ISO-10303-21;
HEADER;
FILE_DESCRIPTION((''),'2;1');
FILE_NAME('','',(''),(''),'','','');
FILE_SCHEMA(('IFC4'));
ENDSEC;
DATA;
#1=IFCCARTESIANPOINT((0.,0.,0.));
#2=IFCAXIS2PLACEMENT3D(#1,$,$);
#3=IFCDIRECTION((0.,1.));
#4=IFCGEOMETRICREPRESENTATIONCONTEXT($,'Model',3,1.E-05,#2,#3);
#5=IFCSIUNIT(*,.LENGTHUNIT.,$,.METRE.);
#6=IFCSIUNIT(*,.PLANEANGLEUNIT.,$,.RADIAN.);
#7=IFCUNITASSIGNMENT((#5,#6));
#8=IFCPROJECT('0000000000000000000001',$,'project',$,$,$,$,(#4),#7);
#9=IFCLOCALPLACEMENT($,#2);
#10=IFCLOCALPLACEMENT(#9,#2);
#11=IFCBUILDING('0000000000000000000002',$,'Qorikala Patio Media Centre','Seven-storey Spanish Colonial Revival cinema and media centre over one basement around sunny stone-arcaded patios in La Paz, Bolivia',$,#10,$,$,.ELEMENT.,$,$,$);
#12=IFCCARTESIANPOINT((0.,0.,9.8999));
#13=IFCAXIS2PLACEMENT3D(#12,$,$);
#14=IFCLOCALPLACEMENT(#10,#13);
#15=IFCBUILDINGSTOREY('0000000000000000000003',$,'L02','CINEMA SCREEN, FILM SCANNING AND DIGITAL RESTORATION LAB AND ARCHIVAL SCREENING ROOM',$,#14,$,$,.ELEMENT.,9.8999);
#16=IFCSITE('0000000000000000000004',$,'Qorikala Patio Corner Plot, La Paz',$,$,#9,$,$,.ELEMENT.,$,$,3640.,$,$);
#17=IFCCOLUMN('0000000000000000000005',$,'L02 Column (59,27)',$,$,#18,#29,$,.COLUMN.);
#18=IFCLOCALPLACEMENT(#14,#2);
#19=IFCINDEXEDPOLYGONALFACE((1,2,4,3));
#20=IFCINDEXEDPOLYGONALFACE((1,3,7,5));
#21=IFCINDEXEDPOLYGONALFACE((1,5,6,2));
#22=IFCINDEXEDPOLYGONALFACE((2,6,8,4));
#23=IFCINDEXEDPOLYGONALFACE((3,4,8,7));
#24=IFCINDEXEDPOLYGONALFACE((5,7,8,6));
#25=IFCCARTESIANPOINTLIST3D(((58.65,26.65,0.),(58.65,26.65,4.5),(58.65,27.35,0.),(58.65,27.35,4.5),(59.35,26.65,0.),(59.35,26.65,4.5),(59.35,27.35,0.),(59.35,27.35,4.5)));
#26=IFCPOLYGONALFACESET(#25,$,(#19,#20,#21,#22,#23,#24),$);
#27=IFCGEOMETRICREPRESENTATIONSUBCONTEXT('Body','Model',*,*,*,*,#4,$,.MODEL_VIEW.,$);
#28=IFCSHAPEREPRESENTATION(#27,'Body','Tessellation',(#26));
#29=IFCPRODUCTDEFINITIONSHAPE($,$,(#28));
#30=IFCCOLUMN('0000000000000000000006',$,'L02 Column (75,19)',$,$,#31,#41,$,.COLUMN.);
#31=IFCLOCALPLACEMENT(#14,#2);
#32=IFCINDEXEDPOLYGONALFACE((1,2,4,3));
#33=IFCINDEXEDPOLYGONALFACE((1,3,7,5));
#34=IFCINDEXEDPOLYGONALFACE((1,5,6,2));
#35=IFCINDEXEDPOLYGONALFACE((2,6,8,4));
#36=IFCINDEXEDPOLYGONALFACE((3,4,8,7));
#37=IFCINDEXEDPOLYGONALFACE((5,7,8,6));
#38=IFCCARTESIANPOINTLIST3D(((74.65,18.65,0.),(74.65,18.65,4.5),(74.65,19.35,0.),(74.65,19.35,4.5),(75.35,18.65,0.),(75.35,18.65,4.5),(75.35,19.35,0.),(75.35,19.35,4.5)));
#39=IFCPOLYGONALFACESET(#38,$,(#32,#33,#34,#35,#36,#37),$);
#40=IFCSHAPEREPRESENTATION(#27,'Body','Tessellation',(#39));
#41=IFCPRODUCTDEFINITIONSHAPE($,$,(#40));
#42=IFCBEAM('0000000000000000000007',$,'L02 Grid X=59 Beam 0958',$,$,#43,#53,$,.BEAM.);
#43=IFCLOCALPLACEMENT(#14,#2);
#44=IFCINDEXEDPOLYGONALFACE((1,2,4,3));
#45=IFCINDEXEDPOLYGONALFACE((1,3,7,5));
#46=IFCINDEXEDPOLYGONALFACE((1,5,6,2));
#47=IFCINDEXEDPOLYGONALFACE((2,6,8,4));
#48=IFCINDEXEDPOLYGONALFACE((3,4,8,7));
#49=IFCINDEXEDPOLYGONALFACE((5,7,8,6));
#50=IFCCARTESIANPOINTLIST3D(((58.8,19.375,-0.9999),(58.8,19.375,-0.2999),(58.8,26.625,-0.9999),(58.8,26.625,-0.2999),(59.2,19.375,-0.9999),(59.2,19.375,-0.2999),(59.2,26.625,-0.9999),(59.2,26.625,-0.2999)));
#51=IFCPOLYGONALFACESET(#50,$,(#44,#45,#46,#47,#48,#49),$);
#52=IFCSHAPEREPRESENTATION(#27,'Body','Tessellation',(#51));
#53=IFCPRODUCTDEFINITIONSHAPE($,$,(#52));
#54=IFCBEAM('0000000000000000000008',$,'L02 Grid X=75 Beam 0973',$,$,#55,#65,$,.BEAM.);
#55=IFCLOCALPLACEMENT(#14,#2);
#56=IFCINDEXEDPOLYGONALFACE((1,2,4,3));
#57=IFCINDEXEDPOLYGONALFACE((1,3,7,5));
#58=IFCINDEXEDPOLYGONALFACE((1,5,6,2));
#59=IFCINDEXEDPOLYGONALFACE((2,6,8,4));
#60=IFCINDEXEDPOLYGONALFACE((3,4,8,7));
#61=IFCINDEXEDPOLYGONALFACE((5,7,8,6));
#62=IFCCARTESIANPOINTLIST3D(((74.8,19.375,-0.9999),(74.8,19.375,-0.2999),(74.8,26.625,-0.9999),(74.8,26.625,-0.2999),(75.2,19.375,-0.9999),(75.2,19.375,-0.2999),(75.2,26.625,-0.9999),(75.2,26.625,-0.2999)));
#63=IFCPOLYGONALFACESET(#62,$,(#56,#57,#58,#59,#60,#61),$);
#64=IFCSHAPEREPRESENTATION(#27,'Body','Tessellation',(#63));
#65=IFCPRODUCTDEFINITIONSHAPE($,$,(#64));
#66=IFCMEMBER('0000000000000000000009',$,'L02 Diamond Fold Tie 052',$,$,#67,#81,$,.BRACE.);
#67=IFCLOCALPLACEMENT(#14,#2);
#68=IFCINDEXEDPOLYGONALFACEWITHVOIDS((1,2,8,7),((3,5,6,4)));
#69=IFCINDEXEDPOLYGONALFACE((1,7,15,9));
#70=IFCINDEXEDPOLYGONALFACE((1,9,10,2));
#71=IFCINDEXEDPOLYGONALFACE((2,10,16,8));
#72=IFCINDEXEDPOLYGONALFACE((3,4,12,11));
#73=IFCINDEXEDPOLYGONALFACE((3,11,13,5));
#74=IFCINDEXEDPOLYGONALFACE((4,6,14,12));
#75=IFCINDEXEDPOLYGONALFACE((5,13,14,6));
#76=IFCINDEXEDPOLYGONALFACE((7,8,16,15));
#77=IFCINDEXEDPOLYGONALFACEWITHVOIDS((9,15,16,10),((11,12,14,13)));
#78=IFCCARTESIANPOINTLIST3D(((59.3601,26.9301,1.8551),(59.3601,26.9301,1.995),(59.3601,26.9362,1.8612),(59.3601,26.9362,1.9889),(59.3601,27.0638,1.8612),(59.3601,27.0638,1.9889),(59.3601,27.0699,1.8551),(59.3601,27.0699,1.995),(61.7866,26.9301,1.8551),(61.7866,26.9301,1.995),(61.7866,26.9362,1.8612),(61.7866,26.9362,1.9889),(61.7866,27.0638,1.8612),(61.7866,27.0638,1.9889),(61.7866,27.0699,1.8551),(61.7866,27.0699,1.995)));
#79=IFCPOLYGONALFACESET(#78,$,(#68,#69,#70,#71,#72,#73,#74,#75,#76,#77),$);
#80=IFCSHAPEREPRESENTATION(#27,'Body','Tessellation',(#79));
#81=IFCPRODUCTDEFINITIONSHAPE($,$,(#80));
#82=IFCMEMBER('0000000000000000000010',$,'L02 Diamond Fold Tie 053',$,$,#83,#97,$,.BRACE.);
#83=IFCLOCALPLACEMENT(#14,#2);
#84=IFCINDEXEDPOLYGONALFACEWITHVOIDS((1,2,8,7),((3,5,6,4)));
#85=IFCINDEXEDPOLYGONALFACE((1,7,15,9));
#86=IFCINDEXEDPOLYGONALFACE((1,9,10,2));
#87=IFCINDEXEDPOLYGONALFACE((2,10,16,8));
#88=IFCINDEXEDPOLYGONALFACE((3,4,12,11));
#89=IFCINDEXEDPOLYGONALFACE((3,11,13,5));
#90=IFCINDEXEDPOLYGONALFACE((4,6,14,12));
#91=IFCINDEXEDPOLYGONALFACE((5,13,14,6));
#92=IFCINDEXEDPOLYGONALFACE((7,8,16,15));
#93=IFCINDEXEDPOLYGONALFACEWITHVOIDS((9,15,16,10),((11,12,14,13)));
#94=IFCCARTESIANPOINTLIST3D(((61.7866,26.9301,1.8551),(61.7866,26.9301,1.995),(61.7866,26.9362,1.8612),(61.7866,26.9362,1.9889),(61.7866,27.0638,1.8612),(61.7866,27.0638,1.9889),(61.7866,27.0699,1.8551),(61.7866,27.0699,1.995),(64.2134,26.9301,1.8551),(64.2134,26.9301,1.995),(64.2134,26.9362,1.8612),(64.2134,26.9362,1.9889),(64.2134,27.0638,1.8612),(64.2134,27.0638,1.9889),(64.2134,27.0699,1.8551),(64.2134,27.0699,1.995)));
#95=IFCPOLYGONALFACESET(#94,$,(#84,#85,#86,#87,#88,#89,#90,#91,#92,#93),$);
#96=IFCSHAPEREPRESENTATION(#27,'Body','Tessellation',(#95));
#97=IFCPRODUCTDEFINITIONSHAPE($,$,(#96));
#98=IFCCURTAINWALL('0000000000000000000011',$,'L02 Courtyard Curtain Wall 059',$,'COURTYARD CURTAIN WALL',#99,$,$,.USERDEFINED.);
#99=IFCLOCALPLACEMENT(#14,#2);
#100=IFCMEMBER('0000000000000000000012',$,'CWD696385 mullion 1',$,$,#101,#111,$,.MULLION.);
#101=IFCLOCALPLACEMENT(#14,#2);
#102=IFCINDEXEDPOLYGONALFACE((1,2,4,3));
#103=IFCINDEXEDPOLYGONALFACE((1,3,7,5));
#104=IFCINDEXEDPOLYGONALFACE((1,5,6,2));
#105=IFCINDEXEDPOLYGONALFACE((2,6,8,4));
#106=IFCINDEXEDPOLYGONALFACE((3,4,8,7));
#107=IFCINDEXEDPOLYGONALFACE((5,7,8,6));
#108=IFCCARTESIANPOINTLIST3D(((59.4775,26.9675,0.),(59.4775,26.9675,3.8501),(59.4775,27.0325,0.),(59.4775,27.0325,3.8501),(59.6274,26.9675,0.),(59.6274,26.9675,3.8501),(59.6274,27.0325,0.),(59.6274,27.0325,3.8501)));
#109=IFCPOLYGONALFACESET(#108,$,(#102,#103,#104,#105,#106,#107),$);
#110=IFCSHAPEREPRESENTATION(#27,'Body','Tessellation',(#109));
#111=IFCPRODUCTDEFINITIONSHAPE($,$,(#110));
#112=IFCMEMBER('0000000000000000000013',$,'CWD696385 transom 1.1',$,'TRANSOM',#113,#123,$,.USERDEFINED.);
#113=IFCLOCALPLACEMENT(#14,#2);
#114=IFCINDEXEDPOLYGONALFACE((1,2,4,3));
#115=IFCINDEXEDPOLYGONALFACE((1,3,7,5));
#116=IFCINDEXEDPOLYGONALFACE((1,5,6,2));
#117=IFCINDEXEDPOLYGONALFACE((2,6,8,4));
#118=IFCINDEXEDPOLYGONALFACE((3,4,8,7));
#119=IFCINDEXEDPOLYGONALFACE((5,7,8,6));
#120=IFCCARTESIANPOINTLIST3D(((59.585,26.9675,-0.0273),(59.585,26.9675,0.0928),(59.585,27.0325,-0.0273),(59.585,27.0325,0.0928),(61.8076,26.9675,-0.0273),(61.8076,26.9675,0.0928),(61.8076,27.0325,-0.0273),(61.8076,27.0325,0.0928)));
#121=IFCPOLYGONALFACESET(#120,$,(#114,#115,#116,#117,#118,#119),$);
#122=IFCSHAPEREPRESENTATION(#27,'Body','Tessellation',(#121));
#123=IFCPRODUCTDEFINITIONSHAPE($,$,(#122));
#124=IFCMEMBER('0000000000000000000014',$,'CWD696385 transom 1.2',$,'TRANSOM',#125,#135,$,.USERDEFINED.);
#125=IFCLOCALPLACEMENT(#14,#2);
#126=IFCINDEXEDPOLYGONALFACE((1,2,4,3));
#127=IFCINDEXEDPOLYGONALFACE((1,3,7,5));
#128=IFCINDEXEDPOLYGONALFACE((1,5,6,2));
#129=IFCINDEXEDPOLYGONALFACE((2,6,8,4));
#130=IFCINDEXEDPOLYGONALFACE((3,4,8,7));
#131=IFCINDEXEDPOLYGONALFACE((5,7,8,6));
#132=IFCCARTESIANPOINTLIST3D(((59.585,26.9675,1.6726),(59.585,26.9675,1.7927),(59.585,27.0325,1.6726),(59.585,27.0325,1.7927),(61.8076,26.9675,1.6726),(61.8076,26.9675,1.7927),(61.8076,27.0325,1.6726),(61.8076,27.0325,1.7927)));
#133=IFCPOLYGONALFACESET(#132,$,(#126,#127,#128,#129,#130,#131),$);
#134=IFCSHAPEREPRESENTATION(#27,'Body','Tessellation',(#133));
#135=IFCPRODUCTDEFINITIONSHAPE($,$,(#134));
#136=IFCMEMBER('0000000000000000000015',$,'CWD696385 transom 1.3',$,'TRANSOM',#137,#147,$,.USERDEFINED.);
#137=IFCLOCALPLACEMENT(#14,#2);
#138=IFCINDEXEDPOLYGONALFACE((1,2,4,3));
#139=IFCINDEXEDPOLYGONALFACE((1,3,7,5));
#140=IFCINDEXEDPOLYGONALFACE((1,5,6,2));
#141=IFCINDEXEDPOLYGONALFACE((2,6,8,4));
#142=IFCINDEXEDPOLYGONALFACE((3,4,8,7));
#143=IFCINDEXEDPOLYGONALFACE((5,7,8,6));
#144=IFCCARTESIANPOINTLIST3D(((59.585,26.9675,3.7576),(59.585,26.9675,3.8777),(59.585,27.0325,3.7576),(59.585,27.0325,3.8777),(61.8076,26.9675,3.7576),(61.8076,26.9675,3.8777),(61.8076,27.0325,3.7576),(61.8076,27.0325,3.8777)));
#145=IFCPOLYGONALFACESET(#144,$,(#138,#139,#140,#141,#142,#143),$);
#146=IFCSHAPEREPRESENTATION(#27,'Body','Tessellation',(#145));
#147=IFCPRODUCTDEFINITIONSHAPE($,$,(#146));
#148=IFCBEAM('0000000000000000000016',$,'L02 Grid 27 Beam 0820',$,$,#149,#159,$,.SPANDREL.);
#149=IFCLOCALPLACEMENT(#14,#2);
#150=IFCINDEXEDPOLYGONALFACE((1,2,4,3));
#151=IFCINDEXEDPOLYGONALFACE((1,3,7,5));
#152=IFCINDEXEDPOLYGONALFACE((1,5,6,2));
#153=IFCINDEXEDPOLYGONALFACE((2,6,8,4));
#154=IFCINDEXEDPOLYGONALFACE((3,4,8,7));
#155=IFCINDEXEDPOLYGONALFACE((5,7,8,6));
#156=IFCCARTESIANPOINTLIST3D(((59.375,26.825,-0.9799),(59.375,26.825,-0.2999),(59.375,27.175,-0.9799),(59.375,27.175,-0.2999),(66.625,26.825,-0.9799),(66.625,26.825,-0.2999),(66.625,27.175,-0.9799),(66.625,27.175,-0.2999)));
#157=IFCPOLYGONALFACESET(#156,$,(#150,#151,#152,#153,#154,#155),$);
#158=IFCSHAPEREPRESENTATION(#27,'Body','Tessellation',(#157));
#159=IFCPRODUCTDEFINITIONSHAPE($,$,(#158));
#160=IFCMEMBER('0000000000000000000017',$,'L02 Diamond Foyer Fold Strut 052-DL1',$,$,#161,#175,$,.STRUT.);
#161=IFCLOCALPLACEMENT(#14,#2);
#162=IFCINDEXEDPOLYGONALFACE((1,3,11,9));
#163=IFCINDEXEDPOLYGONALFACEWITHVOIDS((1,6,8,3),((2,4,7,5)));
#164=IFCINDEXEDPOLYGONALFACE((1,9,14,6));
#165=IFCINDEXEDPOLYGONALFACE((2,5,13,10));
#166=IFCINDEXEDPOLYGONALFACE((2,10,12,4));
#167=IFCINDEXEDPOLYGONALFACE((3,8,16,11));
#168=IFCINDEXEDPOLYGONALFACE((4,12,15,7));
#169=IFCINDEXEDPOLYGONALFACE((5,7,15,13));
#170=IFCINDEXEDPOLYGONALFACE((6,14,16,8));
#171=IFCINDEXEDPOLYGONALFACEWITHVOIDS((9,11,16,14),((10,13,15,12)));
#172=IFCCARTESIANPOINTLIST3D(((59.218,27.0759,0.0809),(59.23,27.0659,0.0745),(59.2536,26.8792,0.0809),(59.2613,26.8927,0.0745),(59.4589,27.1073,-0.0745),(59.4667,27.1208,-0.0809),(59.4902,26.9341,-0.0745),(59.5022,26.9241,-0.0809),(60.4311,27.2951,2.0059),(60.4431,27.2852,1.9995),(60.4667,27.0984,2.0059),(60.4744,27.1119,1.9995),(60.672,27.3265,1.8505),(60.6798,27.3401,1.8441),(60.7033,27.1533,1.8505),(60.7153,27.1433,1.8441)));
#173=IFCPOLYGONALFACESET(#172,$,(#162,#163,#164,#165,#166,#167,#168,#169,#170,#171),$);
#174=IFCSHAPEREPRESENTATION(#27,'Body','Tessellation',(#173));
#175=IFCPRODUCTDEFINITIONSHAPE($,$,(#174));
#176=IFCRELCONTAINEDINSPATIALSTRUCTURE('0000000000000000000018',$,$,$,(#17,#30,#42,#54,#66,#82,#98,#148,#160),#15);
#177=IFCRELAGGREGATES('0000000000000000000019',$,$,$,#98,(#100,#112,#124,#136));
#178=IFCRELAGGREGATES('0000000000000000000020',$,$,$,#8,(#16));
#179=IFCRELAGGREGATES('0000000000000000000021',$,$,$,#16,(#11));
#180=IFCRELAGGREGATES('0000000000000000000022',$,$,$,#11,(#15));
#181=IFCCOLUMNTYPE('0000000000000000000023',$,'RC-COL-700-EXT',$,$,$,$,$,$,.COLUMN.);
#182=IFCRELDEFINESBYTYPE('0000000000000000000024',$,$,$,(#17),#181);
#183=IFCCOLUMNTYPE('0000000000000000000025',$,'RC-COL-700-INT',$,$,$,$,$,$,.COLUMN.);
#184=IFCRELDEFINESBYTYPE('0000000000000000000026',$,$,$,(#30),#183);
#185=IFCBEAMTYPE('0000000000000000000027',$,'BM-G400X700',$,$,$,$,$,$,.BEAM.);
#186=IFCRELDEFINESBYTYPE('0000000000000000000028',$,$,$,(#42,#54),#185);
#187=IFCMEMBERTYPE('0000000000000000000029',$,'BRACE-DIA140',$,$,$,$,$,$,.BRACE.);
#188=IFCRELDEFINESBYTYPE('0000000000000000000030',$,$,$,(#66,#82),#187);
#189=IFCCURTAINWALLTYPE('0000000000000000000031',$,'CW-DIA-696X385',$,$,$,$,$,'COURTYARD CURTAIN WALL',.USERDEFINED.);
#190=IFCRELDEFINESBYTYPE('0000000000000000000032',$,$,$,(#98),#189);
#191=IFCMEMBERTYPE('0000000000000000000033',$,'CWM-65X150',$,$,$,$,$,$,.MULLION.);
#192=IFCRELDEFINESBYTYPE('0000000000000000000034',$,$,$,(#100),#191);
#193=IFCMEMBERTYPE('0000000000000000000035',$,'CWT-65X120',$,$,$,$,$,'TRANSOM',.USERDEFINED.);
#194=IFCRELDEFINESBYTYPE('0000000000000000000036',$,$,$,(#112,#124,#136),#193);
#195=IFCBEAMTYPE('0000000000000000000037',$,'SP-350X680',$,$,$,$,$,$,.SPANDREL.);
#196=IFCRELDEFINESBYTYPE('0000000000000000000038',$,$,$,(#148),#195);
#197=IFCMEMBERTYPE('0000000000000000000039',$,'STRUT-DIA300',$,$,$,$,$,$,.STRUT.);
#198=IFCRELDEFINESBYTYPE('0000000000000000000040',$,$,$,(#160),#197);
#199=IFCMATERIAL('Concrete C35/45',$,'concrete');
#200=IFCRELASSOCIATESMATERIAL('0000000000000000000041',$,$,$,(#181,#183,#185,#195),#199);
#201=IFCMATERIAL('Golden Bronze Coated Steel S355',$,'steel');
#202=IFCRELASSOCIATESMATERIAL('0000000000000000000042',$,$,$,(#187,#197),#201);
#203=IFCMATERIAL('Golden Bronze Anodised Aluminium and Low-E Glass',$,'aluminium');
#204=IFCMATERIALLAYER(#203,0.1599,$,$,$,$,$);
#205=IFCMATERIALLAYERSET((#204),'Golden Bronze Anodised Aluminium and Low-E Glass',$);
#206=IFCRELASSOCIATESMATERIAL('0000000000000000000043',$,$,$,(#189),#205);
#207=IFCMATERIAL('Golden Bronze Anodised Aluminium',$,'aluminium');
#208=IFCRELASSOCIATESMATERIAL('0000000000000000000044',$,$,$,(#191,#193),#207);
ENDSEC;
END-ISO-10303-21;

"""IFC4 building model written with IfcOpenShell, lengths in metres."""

from ifc_helpers import new_model, si_unit, direction, frame, origin, origin_2d, place, context, subcontext, project, spatial, rectangle, hollow_rectangle, extrude, material, layer, layer_set, material_profile, profile_set, type_object, element, aggregate, save


model = new_model("IFC4")

# Units and contexts
model_context = context("Model", 3, precision=1e-05, world=origin(), true_north=direction((0.0, 1.0)))
body_context = subcontext(model_context, "Body", "Model", "MODEL_VIEW")
ifc_project = project(units=[si_unit("LENGTHUNIT", "METRE"), si_unit("PLANEANGLEUNIT", "RADIAN")], contexts=[model_context])

# Site, building, storey
site_placement = place(None, origin())
site = spatial("IfcSite", under=ifc_project, at=site_placement, Name="Qorikala Patio Corner Plot, La Paz", CompositionType="ELEMENT", RefElevation=3640.0)
building_placement = place(site_placement, origin())
building = spatial("IfcBuilding", under=site, at=building_placement, Name="Qorikala Patio Media Centre", Description="Seven-storey Spanish Colonial Revival cinema and media centre over one basement around sunny stone-arcaded patios in La Paz, Bolivia", CompositionType="ELEMENT")
storey_placement = place(building_placement, frame((0.0, 0.0, 9.8999)))
storey = spatial("IfcBuildingStorey", under=building, at=storey_placement, Name="L02", Description="CINEMA SCREEN, FILM SCANNING AND DIGITAL RESTORATION LAB AND ARCHIVAL SCREENING ROOM", CompositionType="ELEMENT", Elevation=9.8999)

# Columns
ifc_material_1 = material(Name="Concrete C35/45", Category="concrete")
ifc_material_profile_1 = material_profile(ifc_material_1, rectangle(XDim=0.7, YDim=0.7, at=origin_2d()), Name="RC 700x700")
ifc_profile_set_1 = profile_set([ifc_material_profile_1], Name="Concrete C35/45")
column_type_1 = type_object("IfcColumnType", Name="RC-COL-700-EXT", PredefinedType="COLUMN", material=ifc_profile_set_1)
column_1_placement = place(storey_placement, frame((59.0, 27.0, 0.0), z_axis=(0.0, 0.0, 1.0), x_axis=(1.0, 0.0, 0.0)))
element("IfcColumn", 1, at=column_1_placement, inside=storey, type_object=column_type_1, Name="L02 Column (59,27)", PredefinedType="COLUMN", context=body_context, shape_type="SweptSolid", body=[
    extrude(rectangle(XDim=0.7, YDim=0.7, at=origin_2d()), origin(), (0.0, 0.0, 1.0), 4.5),
])
ifc_material_profile_2 = material_profile(ifc_material_1, rectangle(XDim=0.7, YDim=0.7, at=origin_2d()), Name="RC 700x700")
ifc_profile_set_2 = profile_set([ifc_material_profile_2], Name="Concrete C35/45")
column_type_2 = type_object("IfcColumnType", Name="RC-COL-700-INT", PredefinedType="COLUMN", material=ifc_profile_set_2)
column_2_placement = place(storey_placement, frame((75.0, 19.0, 0.0), z_axis=(0.0, 0.0, 1.0), x_axis=(1.0, 0.0, 0.0)))
element("IfcColumn", 2, at=column_2_placement, inside=storey, type_object=column_type_2, Name="L02 Column (75,19)", PredefinedType="COLUMN", context=body_context, shape_type="SweptSolid", body=[
    extrude(rectangle(XDim=0.7, YDim=0.7, at=origin_2d()), origin(), (0.0, 0.0, 1.0), 4.5),
])

# Beams
ifc_material_profile_3 = material_profile(ifc_material_1, rectangle(XDim=0.3999, YDim=0.7, at=origin_2d()), Name="RC 400x700")
ifc_profile_set_3 = profile_set([ifc_material_profile_3], Name="Concrete C35/45")
beam_type_1 = type_object("IfcBeamType", Name="BM-G400X700", PredefinedType="BEAM", material=ifc_profile_set_3)
for number, where, z_axis, x_axis, name in (
    (3, (59.0, 19.375, -0.6499), (0.0, 1.0, 0.0), (-1.0, 0.0, 0.0), "L02 Grid X=59 Beam 0958"),
    (4, (75.0, 19.375, -0.6499), (0.0, 1.0, 0.0), (-1.0, 0.0, 0.0), "L02 Grid X=75 Beam 0973"),
):
    element("IfcBeam", number, at=place(storey_placement, frame(where, z_axis=z_axis, x_axis=x_axis)), inside=storey, type_object=beam_type_1, Name=name, PredefinedType="BEAM", context=body_context, shape_type="SweptSolid", body=[
        extrude(rectangle(XDim=0.3999, YDim=0.7, at=origin_2d()), origin(), (0.0, 0.0, 1.0), 7.25),
    ])

# Members
ifc_material_2 = material(Name="Golden Bronze Coated Steel S355", Category="steel")
ifc_material_profile_4 = material_profile(ifc_material_2, hollow_rectangle(XDim=0.1399, YDim=0.1399, WallThickness=0.0061, at=origin_2d()), Name="HSS140X140X6")
ifc_profile_set_4 = profile_set([ifc_material_profile_4], Name="Golden Bronze Coated Steel S355")
member_type_1 = type_object("IfcMemberType", Name="BRACE-DIA140", PredefinedType="BRACE", material=ifc_profile_set_4)
member_1_placement = place(storey_placement, frame((59.3601, 27.0, 1.925), z_axis=(1.0, 0.0, 0.0), x_axis=(0.0, 1.0, 0.0)))
element("IfcMember", 5, at=member_1_placement, inside=storey, type_object=member_type_1, Name="L02 Diamond Fold Tie 052", PredefinedType="BRACE", context=body_context, shape_type="SweptSolid", body=[
    extrude(hollow_rectangle(XDim=0.1399, YDim=0.1399, WallThickness=0.0061, at=origin_2d()), origin(), (0.0, 0.0, 1.0), 2.4265),
])
member_2_placement = place(storey_placement, frame((61.7866, 27.0, 1.925), z_axis=(1.0, 0.0, 0.0), x_axis=(0.0, 1.0, 0.0)))
element("IfcMember", 6, at=member_2_placement, inside=storey, type_object=member_type_1, Name="L02 Diamond Fold Tie 053", PredefinedType="BRACE", context=body_context, shape_type="SweptSolid", body=[
    extrude(hollow_rectangle(XDim=0.1399, YDim=0.1399, WallThickness=0.0061, at=origin_2d()), origin(), (0.0, 0.0, 1.0), 2.4268),
])

# Curtain wall, members
ifc_material_3 = material(Name="Golden Bronze Anodised Aluminium and Low-E Glass", Category="aluminium")
ifc_layer_1 = layer(ifc_material_3, 0.1599)
ifc_layer_set_1 = layer_set([ifc_layer_1], Name="Golden Bronze Anodised Aluminium and Low-E Glass")
curtain_wall_type = type_object("IfcCurtainWallType", Name="CW-DIA-696X385", ElementType="COURTYARD CURTAIN WALL", PredefinedType="USERDEFINED", material=ifc_layer_set_1)
curtain_wall_placement = place(storey_placement, origin())
curtain_wall = element("IfcCurtainWall", 7, at=curtain_wall_placement, inside=storey, type_object=curtain_wall_type, Name="L02 Courtyard Curtain Wall 059", ObjectType="COURTYARD CURTAIN WALL", PredefinedType="USERDEFINED")
ifc_material_4 = material(Name="Golden Bronze Anodised Aluminium", Category="aluminium")
ifc_material_profile_5 = material_profile(ifc_material_4, rectangle(XDim=0.0649, YDim=0.1499, at=origin_2d()), Name="ALU MULLION 65x150")
ifc_profile_set_5 = profile_set([ifc_material_profile_5], Name="Golden Bronze Anodised Aluminium")
member_type_2 = type_object("IfcMemberType", Name="CWM-65X150", PredefinedType="MULLION", material=ifc_profile_set_5)
member_3_placement = place(storey_placement, frame((59.5525, 27.0, 0.0), z_axis=(0.0, 0.0, 1.0), x_axis=(0.0, 1.0, 0.0)))
member_3 = element("IfcMember", 8, at=member_3_placement, type_object=member_type_2, Name="CWD696385 mullion 1", PredefinedType="MULLION", context=body_context, shape_type="SweptSolid", body=[
    extrude(rectangle(XDim=0.0649, YDim=0.1499, at=origin_2d()), origin(), (0.0, 0.0, 1.0), 3.8501),
])
ifc_material_profile_6 = material_profile(ifc_material_4, rectangle(XDim=0.0649, YDim=0.1201, at=origin_2d()), Name="ALU TRANSOM 65x120")
ifc_profile_set_6 = profile_set([ifc_material_profile_6], Name="Golden Bronze Anodised Aluminium")
member_type_3 = type_object("IfcMemberType", Name="CWT-65X120", ElementType="TRANSOM", PredefinedType="USERDEFINED", material=ifc_profile_set_6)
member_4_placement = place(storey_placement, frame((59.585, 27.0, 0.0327), z_axis=(1.0, 0.0, 0.0), x_axis=(0.0, 1.0, 0.0)))
member_4 = element("IfcMember", 9, at=member_4_placement, type_object=member_type_3, Name="CWD696385 transom 1.1", ObjectType="TRANSOM", PredefinedType="USERDEFINED", context=body_context, shape_type="SweptSolid", body=[
    extrude(rectangle(XDim=0.0649, YDim=0.1201, at=origin_2d()), origin(), (0.0, 0.0, 1.0), 2.2227),
])
member_5_placement = place(storey_placement, frame((59.585, 27.0, 1.7327), z_axis=(1.0, 0.0, 0.0), x_axis=(0.0, 1.0, 0.0)))
member_5 = element("IfcMember", 10, at=member_5_placement, type_object=member_type_3, Name="CWD696385 transom 1.2", ObjectType="TRANSOM", PredefinedType="USERDEFINED", context=body_context, shape_type="SweptSolid", body=[
    extrude(rectangle(XDim=0.0649, YDim=0.1201, at=origin_2d()), origin(), (0.0, 0.0, 1.0), 2.2227),
])
member_6_placement = place(storey_placement, frame((59.585, 27.0, 3.8176), z_axis=(1.0, 0.0, 0.0), x_axis=(0.0, 1.0, 0.0)))
member_6 = element("IfcMember", 11, at=member_6_placement, type_object=member_type_3, Name="CWD696385 transom 1.3", ObjectType="TRANSOM", PredefinedType="USERDEFINED", context=body_context, shape_type="SweptSolid", body=[
    extrude(rectangle(XDim=0.0649, YDim=0.1201, at=origin_2d()), origin(), (0.0, 0.0, 1.0), 2.2227),
])

# Beam
ifc_material_profile_7 = material_profile(ifc_material_1, rectangle(XDim=0.3501, YDim=0.6799, at=origin_2d()), Name="RC 350x680")
ifc_profile_set_7 = profile_set([ifc_material_profile_7], Name="Concrete C35/45")
beam_type_2 = type_object("IfcBeamType", Name="SP-350X680", PredefinedType="SPANDREL", material=ifc_profile_set_7)
beam_placement = place(storey_placement, frame((59.375, 27.0, -0.6399), z_axis=(1.0, 0.0, 0.0), x_axis=(0.0, 1.0, 0.0)))
element("IfcBeam", 12, at=beam_placement, inside=storey, type_object=beam_type_2, Name="L02 Grid 27 Beam 0820", PredefinedType="SPANDREL", context=body_context, shape_type="SweptSolid", body=[
    extrude(rectangle(XDim=0.3501, YDim=0.6799, at=origin_2d()), origin(), (0.0, 0.0, 1.0), 7.25),
])

# Member
ifc_material_profile_8 = material_profile(ifc_material_2, hollow_rectangle(XDim=0.2, YDim=0.3, WallThickness=0.012, at=origin_2d()), Name="HSS300X200X12")
ifc_profile_set_8 = profile_set([ifc_material_profile_8], Name="Golden Bronze Coated Steel S355")
member_type_4 = type_object("IfcMemberType", Name="STRUT-DIA300", PredefinedType="STRUT", material=ifc_profile_set_8)
member_7_placement = place(storey_placement, frame((59.3601, 27.0, 0.0), z_axis=(0.530691, 0.095907, 0.842121), x_axis=(-0.17784, 0.984059, 0.0)))
element("IfcMember", 13, at=member_7_placement, inside=storey, type_object=member_type_4, Name="L02 Diamond Foyer Fold Strut 052-DL1", PredefinedType="STRUT", context=body_context, shape_type="SweptSolid", body=[
    extrude(hollow_rectangle(XDim=0.2, YDim=0.3, WallThickness=0.012, at=origin_2d()), origin(), (0.0, 0.0, 1.0), 2.2859),
])

aggregate(curtain_wall, [member_3, member_4, member_5, member_6])

save(model, "model.ifc")
